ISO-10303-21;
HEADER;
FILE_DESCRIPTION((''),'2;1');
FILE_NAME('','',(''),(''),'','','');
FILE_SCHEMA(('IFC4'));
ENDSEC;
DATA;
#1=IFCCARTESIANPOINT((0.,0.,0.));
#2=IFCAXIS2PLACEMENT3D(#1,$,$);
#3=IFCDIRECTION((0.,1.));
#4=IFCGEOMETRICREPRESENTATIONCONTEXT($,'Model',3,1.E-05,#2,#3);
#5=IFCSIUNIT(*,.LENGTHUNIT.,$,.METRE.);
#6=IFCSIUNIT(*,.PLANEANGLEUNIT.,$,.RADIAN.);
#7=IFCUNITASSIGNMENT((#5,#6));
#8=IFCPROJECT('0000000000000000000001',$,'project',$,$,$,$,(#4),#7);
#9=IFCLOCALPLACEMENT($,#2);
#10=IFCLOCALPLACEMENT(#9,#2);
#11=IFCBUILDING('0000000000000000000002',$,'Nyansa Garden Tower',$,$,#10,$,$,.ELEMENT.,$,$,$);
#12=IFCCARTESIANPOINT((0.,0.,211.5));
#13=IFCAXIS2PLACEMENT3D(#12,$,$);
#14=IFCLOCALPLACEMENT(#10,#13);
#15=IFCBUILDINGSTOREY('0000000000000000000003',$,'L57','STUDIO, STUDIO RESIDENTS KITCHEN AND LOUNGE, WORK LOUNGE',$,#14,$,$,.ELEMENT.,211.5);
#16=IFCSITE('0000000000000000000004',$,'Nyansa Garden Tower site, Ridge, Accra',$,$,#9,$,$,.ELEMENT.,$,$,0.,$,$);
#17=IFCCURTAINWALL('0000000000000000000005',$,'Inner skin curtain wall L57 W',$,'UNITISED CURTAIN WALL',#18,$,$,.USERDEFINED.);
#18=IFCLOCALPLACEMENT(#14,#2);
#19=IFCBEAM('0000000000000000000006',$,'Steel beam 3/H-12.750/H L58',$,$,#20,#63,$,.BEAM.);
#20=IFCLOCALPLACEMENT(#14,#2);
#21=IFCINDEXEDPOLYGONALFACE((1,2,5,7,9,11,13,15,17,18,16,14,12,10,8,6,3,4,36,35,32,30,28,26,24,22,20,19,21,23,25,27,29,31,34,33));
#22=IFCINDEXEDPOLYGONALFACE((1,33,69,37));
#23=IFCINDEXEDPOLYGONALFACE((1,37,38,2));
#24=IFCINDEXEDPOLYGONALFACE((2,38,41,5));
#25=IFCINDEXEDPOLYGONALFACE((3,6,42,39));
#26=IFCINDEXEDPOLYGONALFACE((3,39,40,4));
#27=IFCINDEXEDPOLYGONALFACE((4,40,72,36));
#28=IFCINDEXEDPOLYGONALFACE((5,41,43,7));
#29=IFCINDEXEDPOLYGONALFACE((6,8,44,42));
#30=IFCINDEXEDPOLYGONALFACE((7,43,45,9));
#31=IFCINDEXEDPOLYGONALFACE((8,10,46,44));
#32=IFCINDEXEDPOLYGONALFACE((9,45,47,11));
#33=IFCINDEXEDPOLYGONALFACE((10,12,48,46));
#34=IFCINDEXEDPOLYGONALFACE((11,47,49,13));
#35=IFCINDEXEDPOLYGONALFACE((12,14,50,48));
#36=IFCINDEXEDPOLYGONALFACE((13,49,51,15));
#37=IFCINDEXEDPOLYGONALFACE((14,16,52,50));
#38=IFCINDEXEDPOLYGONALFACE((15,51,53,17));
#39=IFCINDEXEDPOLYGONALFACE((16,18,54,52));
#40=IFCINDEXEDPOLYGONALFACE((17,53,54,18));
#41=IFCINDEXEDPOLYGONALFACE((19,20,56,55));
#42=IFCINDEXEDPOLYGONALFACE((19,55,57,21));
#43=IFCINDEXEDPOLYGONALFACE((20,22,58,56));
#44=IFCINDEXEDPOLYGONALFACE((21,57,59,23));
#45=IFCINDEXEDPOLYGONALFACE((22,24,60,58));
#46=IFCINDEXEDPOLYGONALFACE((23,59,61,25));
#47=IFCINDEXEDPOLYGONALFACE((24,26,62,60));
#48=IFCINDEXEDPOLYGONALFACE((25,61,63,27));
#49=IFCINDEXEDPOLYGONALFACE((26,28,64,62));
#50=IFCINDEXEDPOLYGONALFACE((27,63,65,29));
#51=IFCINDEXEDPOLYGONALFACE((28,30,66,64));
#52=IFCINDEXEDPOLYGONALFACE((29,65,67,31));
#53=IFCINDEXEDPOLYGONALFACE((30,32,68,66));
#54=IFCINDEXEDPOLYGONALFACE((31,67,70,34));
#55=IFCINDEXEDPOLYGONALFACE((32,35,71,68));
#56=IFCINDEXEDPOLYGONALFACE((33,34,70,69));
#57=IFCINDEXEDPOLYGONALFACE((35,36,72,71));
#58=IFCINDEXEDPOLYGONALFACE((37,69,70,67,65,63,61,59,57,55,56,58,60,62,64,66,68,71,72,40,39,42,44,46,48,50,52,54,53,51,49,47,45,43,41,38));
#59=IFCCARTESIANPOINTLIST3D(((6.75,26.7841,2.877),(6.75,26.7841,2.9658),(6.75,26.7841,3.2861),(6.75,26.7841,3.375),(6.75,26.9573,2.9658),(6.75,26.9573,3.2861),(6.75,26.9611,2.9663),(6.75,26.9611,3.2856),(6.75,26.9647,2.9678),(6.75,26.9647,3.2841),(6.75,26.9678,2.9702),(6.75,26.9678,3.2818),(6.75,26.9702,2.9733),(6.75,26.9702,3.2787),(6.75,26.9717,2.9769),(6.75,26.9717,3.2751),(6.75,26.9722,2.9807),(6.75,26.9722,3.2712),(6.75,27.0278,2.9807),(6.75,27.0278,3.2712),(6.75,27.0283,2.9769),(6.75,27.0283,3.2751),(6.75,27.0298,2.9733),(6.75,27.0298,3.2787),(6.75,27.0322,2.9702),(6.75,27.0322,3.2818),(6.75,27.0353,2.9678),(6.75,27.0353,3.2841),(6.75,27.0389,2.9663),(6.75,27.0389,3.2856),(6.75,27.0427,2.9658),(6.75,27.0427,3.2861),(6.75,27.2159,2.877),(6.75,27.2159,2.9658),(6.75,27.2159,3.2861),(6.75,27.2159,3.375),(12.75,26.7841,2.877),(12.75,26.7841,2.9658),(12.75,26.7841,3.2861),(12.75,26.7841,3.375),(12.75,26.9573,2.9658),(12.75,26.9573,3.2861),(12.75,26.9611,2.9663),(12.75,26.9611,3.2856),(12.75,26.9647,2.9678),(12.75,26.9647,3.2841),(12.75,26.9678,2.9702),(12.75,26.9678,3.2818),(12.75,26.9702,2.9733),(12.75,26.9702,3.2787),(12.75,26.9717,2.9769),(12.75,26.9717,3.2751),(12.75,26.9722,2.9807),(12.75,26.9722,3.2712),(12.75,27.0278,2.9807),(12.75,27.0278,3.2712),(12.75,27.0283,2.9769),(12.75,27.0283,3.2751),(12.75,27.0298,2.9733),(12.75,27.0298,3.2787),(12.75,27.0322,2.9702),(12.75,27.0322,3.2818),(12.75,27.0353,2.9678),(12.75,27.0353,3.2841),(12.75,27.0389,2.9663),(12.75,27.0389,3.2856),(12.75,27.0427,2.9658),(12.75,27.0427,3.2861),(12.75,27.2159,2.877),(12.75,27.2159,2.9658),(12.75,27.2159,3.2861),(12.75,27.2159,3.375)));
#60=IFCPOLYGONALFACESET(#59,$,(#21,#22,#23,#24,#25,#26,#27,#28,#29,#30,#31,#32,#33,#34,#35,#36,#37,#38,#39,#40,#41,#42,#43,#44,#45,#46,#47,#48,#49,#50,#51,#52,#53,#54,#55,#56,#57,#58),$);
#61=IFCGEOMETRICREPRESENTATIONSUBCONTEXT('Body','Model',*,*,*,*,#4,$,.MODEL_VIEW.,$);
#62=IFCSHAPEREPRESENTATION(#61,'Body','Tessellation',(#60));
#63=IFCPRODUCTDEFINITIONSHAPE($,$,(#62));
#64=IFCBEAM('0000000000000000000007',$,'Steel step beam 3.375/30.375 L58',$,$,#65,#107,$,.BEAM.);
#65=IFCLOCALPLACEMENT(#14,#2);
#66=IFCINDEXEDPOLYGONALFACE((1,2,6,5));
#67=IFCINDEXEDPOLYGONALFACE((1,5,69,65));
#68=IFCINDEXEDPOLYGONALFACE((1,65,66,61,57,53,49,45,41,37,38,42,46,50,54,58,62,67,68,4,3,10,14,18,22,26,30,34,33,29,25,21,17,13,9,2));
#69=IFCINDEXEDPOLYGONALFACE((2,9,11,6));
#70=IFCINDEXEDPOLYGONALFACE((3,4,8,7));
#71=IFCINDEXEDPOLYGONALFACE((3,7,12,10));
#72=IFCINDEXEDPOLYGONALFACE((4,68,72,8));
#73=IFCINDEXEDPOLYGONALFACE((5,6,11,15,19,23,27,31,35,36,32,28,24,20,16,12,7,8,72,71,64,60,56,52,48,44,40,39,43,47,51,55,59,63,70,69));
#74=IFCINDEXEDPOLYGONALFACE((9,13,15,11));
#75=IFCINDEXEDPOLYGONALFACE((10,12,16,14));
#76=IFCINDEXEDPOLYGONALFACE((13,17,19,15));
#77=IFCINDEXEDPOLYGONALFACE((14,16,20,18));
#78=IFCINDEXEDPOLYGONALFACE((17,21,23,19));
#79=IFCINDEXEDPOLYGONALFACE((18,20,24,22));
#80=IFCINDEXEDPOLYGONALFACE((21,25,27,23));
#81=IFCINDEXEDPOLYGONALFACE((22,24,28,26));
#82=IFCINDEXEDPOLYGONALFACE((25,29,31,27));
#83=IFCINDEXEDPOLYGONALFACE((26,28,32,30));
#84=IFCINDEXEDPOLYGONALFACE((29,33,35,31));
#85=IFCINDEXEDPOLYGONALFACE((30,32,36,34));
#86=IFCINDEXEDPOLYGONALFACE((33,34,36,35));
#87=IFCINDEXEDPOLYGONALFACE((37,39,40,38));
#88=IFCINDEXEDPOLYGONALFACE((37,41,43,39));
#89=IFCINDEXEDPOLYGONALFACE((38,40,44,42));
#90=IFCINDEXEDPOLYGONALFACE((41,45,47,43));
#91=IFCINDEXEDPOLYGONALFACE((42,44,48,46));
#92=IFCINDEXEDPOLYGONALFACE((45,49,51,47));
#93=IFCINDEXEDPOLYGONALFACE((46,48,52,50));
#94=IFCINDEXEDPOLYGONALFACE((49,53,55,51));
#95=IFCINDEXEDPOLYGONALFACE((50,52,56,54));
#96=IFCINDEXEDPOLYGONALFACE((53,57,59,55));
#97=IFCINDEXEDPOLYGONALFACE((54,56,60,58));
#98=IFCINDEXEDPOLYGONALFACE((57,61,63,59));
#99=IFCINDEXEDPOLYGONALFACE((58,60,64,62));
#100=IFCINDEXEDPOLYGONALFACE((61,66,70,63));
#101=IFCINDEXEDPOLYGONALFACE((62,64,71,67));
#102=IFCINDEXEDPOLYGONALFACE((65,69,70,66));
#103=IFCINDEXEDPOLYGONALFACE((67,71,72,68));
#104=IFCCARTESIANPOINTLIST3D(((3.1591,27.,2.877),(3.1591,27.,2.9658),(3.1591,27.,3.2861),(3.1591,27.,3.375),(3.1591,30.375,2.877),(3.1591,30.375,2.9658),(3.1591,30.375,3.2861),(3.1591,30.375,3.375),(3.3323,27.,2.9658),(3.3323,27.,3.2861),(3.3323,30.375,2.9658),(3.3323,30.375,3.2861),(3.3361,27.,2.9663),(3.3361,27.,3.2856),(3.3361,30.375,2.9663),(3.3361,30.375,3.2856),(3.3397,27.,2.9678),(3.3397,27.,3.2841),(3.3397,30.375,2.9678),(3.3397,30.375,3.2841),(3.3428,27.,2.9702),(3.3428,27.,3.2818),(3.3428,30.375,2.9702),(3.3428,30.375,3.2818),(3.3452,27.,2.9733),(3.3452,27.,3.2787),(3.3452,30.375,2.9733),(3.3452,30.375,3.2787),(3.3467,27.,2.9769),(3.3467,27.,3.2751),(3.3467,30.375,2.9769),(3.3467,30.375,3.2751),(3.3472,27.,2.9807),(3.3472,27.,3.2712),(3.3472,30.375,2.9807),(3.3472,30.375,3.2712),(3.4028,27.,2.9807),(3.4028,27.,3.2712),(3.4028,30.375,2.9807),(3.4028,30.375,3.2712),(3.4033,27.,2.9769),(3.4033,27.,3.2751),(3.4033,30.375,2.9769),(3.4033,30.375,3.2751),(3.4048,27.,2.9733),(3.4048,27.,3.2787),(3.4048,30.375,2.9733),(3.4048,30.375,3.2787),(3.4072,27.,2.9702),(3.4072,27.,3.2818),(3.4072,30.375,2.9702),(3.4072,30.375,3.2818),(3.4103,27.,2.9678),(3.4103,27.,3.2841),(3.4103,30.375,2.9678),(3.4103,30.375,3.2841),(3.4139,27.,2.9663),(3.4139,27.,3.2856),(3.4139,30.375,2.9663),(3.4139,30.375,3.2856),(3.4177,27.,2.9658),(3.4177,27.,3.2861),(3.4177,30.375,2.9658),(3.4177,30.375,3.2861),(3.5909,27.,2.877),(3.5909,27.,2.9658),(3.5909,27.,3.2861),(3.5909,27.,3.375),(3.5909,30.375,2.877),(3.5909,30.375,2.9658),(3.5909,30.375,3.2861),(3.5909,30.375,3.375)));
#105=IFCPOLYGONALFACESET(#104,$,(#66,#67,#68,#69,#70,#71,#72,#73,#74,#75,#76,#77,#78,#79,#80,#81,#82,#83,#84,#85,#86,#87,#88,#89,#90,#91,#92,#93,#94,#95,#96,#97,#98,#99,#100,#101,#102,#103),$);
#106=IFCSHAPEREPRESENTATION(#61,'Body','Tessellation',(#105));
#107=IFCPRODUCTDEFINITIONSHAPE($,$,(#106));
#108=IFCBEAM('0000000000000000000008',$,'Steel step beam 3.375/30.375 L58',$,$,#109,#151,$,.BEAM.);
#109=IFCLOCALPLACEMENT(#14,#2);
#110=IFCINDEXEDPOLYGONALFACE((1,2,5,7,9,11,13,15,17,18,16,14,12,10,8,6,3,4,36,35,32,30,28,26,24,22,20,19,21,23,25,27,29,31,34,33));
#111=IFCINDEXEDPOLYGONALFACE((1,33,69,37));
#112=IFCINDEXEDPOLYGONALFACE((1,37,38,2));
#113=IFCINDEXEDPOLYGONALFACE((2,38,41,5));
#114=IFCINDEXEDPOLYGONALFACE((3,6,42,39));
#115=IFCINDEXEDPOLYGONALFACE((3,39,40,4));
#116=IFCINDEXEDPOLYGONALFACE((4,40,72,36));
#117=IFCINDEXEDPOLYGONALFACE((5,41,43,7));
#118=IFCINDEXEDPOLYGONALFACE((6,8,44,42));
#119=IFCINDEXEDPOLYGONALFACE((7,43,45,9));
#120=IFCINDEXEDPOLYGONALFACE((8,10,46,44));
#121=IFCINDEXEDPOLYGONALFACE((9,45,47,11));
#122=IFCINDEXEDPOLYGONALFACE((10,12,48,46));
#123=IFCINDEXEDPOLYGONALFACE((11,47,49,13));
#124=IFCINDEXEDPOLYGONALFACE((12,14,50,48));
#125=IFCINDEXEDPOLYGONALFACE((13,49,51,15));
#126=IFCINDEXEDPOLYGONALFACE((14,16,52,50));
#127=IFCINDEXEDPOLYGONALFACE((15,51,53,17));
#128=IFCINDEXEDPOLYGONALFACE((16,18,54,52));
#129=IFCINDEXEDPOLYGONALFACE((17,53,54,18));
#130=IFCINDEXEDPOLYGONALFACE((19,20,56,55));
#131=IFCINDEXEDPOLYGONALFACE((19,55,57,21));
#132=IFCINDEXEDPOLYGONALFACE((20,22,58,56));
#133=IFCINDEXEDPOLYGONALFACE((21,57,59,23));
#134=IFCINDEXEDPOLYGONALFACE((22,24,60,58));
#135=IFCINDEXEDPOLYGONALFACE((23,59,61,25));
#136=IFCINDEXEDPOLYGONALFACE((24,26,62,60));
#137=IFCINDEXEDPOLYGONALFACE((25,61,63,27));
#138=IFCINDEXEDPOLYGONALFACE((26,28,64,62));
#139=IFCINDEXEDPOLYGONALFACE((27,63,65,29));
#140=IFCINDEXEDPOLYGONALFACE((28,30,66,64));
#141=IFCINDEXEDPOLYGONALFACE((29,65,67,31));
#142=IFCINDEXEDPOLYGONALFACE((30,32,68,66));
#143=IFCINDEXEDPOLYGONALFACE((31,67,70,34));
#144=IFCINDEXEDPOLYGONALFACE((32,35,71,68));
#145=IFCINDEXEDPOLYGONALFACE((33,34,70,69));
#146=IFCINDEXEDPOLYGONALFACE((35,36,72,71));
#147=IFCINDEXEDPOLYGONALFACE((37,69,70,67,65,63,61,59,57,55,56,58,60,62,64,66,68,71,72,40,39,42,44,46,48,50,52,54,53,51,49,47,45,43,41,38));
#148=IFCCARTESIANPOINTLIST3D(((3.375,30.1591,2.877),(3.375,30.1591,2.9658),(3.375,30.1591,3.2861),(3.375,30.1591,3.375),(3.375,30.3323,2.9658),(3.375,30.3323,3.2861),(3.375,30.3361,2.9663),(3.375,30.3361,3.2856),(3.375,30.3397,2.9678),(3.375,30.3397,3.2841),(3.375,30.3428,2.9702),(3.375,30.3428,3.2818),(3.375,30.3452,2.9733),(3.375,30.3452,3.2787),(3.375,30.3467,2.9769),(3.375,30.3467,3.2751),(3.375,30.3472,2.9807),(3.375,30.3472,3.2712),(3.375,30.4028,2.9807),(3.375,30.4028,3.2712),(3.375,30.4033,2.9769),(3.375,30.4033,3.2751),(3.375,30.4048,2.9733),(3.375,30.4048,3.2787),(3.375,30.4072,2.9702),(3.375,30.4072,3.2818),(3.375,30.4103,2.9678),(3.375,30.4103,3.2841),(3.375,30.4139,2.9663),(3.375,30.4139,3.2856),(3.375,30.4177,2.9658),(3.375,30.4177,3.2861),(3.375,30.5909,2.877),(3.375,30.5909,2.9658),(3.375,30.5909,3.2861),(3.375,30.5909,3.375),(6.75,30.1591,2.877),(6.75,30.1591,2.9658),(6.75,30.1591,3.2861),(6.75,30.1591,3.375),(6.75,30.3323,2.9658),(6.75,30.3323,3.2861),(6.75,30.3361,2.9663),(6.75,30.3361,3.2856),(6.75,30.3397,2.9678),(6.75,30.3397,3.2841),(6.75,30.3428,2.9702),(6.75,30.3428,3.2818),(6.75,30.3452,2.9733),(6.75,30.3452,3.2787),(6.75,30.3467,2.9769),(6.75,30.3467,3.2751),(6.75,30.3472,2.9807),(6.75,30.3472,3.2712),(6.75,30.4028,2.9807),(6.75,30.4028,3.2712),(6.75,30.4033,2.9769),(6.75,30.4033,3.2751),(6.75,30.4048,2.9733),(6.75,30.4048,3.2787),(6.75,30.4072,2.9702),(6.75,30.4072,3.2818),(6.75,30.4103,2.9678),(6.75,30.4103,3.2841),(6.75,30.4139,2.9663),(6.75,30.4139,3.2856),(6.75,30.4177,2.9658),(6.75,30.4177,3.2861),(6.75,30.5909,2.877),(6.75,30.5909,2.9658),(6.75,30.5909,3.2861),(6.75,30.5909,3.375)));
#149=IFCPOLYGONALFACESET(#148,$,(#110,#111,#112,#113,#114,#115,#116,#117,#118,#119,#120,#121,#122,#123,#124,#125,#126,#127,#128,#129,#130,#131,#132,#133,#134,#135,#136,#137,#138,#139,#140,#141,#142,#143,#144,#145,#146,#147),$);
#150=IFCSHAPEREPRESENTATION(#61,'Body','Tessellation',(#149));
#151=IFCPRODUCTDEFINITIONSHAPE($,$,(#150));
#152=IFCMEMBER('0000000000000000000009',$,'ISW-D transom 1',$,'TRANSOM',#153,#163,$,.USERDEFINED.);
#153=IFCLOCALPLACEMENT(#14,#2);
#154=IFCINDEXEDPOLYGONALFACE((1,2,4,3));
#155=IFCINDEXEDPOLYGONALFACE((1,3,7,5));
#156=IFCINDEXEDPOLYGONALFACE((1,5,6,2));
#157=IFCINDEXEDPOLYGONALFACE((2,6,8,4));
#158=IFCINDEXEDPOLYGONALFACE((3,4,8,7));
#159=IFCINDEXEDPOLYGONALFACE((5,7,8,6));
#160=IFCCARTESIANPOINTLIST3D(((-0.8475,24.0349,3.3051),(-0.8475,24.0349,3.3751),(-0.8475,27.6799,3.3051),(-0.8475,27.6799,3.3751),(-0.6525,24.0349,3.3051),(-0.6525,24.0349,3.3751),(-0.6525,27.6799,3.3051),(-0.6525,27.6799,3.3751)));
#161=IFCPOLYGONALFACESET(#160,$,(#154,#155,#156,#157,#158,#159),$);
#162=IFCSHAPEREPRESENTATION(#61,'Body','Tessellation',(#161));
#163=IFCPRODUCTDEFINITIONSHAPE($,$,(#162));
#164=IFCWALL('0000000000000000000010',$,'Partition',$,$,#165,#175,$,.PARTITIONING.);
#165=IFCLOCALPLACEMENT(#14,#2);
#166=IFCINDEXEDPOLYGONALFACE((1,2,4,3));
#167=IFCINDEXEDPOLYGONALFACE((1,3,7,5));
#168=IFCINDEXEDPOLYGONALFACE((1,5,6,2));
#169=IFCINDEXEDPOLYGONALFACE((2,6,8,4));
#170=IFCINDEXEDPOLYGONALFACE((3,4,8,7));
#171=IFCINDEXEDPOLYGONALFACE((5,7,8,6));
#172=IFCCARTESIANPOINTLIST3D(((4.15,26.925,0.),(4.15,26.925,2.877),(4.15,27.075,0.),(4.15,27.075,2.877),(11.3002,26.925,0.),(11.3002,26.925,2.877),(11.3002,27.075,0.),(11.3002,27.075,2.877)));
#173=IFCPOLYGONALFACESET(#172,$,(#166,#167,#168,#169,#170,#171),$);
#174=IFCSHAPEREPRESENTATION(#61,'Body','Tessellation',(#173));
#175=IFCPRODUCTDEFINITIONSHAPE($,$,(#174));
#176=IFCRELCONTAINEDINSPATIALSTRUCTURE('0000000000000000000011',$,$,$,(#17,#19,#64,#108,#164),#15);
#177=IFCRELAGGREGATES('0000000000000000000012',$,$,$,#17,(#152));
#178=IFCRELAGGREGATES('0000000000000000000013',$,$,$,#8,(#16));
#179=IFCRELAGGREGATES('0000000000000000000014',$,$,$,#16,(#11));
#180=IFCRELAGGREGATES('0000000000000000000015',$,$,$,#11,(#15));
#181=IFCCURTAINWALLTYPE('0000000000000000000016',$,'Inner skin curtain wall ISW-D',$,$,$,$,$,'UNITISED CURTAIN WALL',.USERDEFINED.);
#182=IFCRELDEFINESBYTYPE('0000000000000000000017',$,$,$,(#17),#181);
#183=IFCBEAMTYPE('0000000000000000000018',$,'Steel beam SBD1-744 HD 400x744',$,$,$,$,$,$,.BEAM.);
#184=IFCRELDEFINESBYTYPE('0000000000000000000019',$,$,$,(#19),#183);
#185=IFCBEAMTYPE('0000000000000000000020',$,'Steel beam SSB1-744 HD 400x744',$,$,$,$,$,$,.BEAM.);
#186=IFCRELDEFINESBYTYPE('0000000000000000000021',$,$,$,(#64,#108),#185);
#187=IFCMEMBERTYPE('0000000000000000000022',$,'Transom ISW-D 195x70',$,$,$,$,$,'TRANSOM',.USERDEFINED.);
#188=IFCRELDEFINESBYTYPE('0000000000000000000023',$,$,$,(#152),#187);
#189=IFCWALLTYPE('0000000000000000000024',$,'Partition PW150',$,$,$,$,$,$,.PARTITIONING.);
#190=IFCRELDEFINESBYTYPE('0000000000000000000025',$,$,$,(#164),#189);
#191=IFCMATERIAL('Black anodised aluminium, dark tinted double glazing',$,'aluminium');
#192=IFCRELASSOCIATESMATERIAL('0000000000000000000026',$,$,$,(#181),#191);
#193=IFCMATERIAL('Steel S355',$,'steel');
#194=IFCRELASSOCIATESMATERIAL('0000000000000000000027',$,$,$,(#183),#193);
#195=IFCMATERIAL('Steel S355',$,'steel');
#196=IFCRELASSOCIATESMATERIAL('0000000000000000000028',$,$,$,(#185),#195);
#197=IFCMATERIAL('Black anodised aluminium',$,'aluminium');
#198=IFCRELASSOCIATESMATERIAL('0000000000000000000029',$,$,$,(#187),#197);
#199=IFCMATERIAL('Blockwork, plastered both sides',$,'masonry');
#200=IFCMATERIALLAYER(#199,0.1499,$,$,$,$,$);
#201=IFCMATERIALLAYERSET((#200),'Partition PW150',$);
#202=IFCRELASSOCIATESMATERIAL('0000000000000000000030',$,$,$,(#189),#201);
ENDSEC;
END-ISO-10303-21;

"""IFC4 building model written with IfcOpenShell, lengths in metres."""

from ifc_helpers import new_model, si_unit, direction, frame, frame_2d, origin, origin_2d, place, context, subcontext, project, spatial, rectangle, i_section, extrude, material, layer, layer_set, material_profile, profile_set, type_object, element, aggregate, save


model = new_model("IFC4")

# Units and contexts
model_context = context("Model", 3, precision=1e-05, world=origin(), true_north=direction((0.0, 1.0)))
body_context = subcontext(model_context, "Body", "Model", "MODEL_VIEW")
ifc_project = project(units=[si_unit("LENGTHUNIT", "METRE"), si_unit("PLANEANGLEUNIT", "RADIAN")], contexts=[model_context])

# Site, building, storey
site_placement = place(None, origin())
site = spatial("IfcSite", under=ifc_project, at=site_placement, Name="Nyansa Garden Tower site, Ridge, Accra", CompositionType="ELEMENT", RefElevation=0.0)
building_placement = place(site_placement, origin())
building = spatial("IfcBuilding", under=site, at=building_placement, Name="Nyansa Garden Tower", CompositionType="ELEMENT")
storey_placement = place(building_placement, frame((0.0, 0.0, 211.5)))
storey = spatial("IfcBuildingStorey", under=building, at=storey_placement, Name="L57", Description="STUDIO, STUDIO RESIDENTS KITCHEN AND LOUNGE, WORK LOUNGE", CompositionType="ELEMENT", Elevation=211.5)

# Curtain wall
ifc_material_1 = material(Name="Black anodised aluminium, dark tinted double glazing", Category="aluminium")
curtain_wall_type = type_object("IfcCurtainWallType", Name="Inner skin curtain wall ISW-D", ElementType="UNITISED CURTAIN WALL", PredefinedType="USERDEFINED", material=ifc_material_1)
curtain_wall_1_placement = place(storey_placement, origin())
curtain_wall_1 = element("IfcCurtainWall", 1, at=curtain_wall_1_placement, inside=storey, type_object=curtain_wall_type, Name="Inner skin curtain wall L57 W", ObjectType="UNITISED CURTAIN WALL", PredefinedType="USERDEFINED")

# Beams
ifc_material_2 = material(Name="Steel S355", Category="steel")
ifc_material_profile_1 = material_profile(ifc_material_2, i_section(OverallWidth=0.4319, OverallDepth=0.498, WebThickness=0.0557, FlangeThickness=0.0889, FilletRadius=0.0149, at=origin_2d()), Name="HD 400x744")
ifc_profile_set_1 = profile_set([ifc_material_profile_1], Name="Steel S355")
beam_type_1 = type_object("IfcBeamType", Name="Steel beam SBD1-744 HD 400x744", PredefinedType="BEAM", material=ifc_profile_set_1)
beam_placement = place(storey_placement, frame((6.75, 27.0, 3.126), z_axis=(1.0, 0.0, 0.0), x_axis=(0.0, 1.0, 0.0)))
element("IfcBeam", 2, at=beam_placement, inside=storey, type_object=beam_type_1, Name="Steel beam 3/H-12.750/H L58", PredefinedType="BEAM", context=body_context, shape_type="SweptSolid", body=[
    extrude(i_section(OverallWidth=0.4319, OverallDepth=0.498, WebThickness=0.0557, FlangeThickness=0.0889, FilletRadius=0.0149, at=origin_2d()), origin(), (0.0, 0.0, 1.0), 6.0),
])
ifc_material_3 = material(Name="Steel S355", Category="steel")
ifc_material_profile_2 = material_profile(ifc_material_3, i_section(OverallWidth=0.4319, OverallDepth=0.498, WebThickness=0.0557, FlangeThickness=0.0889, FilletRadius=0.0149, at=origin_2d()), Name="HD 400x744")
ifc_profile_set_2 = profile_set([ifc_material_profile_2], Name="Steel S355")
beam_type_2 = type_object("IfcBeamType", Name="Steel beam SSB1-744 HD 400x744", PredefinedType="BEAM", material=ifc_profile_set_2)
for number, where, z_axis, x_axis, name in (
    (3, (3.375, 30.375, 3.126), (0.0, -1.0, 0.0), (1.0, 0.0, 0.0), "Steel step beam 3.375/30.375 L58"),
    (4, (3.375, 30.375, 3.126), (1.0, 0.0, 0.0), (0.0, 1.0, 0.0), "Steel step beam 3.375/30.375 L58"),
):
    element("IfcBeam", number, at=place(storey_placement, frame(where, z_axis=z_axis, x_axis=x_axis)), inside=storey, type_object=beam_type_2, Name=name, PredefinedType="BEAM", context=body_context, shape_type="SweptSolid", body=[
        extrude(i_section(OverallWidth=0.4319, OverallDepth=0.498, WebThickness=0.0557, FlangeThickness=0.0889, FilletRadius=0.0149, at=origin_2d()), origin(), (0.0, 0.0, 1.0), 3.375),
    ])

# Member
ifc_material_4 = material(Name="Black anodised aluminium", Category="aluminium")
ifc_material_profile_3 = material_profile(ifc_material_4, rectangle(XDim=0.1951, YDim=0.0701, at=origin_2d()), Name="Transom 195x70")
ifc_profile_set_3 = profile_set([ifc_material_profile_3], Name="Black anodised aluminium")
member_type_1 = type_object("IfcMemberType", Name="Transom ISW-D 195x70", ElementType="TRANSOM", PredefinedType="USERDEFINED", material=ifc_profile_set_3)
member_1_placement = place(storey_placement, frame((-0.75, 27.6799, 3.3401), z_axis=(0.0, -1.0, 0.0), x_axis=(1.0, 0.0, 0.0)))
member_1 = element("IfcMember", 5, at=member_1_placement, type_object=member_type_1, Name="ISW-D transom 1", ObjectType="TRANSOM", PredefinedType="USERDEFINED", context=body_context, shape_type="SweptSolid", body=[
    extrude(rectangle(XDim=0.1951, YDim=0.0701, at=origin_2d()), origin(), (0.0, 0.0, 1.0), 3.645),
])
aggregate(curtain_wall_1, [member_1])

# Wall
ifc_material_5 = material(Name="Blockwork, plastered both sides", Category="masonry")
ifc_layer_1 = layer(ifc_material_5, 0.1499)
ifc_layer_set_1 = layer_set([ifc_layer_1], Name="Partition PW150")
wall_type_1 = type_object("IfcWallType", Name="Partition PW150", PredefinedType="PARTITIONING", material=ifc_layer_set_1)
wall_1_placement = place(storey_placement, frame((4.1499, 27.0, 0.0), z_axis=(0.0, 0.0, 1.0), x_axis=(1.0, 0.0, 0.0)))
element("IfcWall", 6, at=wall_1_placement, inside=storey, type_object=wall_type_1, Name="Partition", PredefinedType="PARTITIONING", context=body_context, shape_type="SweptSolid", body=[
    extrude(rectangle(XDim=7.1501, YDim=0.1499, at=frame_2d((3.5752, 0.0))), origin(), (0.0, 0.0, 1.0), 2.877),
])

save(model, "model.ifc")
